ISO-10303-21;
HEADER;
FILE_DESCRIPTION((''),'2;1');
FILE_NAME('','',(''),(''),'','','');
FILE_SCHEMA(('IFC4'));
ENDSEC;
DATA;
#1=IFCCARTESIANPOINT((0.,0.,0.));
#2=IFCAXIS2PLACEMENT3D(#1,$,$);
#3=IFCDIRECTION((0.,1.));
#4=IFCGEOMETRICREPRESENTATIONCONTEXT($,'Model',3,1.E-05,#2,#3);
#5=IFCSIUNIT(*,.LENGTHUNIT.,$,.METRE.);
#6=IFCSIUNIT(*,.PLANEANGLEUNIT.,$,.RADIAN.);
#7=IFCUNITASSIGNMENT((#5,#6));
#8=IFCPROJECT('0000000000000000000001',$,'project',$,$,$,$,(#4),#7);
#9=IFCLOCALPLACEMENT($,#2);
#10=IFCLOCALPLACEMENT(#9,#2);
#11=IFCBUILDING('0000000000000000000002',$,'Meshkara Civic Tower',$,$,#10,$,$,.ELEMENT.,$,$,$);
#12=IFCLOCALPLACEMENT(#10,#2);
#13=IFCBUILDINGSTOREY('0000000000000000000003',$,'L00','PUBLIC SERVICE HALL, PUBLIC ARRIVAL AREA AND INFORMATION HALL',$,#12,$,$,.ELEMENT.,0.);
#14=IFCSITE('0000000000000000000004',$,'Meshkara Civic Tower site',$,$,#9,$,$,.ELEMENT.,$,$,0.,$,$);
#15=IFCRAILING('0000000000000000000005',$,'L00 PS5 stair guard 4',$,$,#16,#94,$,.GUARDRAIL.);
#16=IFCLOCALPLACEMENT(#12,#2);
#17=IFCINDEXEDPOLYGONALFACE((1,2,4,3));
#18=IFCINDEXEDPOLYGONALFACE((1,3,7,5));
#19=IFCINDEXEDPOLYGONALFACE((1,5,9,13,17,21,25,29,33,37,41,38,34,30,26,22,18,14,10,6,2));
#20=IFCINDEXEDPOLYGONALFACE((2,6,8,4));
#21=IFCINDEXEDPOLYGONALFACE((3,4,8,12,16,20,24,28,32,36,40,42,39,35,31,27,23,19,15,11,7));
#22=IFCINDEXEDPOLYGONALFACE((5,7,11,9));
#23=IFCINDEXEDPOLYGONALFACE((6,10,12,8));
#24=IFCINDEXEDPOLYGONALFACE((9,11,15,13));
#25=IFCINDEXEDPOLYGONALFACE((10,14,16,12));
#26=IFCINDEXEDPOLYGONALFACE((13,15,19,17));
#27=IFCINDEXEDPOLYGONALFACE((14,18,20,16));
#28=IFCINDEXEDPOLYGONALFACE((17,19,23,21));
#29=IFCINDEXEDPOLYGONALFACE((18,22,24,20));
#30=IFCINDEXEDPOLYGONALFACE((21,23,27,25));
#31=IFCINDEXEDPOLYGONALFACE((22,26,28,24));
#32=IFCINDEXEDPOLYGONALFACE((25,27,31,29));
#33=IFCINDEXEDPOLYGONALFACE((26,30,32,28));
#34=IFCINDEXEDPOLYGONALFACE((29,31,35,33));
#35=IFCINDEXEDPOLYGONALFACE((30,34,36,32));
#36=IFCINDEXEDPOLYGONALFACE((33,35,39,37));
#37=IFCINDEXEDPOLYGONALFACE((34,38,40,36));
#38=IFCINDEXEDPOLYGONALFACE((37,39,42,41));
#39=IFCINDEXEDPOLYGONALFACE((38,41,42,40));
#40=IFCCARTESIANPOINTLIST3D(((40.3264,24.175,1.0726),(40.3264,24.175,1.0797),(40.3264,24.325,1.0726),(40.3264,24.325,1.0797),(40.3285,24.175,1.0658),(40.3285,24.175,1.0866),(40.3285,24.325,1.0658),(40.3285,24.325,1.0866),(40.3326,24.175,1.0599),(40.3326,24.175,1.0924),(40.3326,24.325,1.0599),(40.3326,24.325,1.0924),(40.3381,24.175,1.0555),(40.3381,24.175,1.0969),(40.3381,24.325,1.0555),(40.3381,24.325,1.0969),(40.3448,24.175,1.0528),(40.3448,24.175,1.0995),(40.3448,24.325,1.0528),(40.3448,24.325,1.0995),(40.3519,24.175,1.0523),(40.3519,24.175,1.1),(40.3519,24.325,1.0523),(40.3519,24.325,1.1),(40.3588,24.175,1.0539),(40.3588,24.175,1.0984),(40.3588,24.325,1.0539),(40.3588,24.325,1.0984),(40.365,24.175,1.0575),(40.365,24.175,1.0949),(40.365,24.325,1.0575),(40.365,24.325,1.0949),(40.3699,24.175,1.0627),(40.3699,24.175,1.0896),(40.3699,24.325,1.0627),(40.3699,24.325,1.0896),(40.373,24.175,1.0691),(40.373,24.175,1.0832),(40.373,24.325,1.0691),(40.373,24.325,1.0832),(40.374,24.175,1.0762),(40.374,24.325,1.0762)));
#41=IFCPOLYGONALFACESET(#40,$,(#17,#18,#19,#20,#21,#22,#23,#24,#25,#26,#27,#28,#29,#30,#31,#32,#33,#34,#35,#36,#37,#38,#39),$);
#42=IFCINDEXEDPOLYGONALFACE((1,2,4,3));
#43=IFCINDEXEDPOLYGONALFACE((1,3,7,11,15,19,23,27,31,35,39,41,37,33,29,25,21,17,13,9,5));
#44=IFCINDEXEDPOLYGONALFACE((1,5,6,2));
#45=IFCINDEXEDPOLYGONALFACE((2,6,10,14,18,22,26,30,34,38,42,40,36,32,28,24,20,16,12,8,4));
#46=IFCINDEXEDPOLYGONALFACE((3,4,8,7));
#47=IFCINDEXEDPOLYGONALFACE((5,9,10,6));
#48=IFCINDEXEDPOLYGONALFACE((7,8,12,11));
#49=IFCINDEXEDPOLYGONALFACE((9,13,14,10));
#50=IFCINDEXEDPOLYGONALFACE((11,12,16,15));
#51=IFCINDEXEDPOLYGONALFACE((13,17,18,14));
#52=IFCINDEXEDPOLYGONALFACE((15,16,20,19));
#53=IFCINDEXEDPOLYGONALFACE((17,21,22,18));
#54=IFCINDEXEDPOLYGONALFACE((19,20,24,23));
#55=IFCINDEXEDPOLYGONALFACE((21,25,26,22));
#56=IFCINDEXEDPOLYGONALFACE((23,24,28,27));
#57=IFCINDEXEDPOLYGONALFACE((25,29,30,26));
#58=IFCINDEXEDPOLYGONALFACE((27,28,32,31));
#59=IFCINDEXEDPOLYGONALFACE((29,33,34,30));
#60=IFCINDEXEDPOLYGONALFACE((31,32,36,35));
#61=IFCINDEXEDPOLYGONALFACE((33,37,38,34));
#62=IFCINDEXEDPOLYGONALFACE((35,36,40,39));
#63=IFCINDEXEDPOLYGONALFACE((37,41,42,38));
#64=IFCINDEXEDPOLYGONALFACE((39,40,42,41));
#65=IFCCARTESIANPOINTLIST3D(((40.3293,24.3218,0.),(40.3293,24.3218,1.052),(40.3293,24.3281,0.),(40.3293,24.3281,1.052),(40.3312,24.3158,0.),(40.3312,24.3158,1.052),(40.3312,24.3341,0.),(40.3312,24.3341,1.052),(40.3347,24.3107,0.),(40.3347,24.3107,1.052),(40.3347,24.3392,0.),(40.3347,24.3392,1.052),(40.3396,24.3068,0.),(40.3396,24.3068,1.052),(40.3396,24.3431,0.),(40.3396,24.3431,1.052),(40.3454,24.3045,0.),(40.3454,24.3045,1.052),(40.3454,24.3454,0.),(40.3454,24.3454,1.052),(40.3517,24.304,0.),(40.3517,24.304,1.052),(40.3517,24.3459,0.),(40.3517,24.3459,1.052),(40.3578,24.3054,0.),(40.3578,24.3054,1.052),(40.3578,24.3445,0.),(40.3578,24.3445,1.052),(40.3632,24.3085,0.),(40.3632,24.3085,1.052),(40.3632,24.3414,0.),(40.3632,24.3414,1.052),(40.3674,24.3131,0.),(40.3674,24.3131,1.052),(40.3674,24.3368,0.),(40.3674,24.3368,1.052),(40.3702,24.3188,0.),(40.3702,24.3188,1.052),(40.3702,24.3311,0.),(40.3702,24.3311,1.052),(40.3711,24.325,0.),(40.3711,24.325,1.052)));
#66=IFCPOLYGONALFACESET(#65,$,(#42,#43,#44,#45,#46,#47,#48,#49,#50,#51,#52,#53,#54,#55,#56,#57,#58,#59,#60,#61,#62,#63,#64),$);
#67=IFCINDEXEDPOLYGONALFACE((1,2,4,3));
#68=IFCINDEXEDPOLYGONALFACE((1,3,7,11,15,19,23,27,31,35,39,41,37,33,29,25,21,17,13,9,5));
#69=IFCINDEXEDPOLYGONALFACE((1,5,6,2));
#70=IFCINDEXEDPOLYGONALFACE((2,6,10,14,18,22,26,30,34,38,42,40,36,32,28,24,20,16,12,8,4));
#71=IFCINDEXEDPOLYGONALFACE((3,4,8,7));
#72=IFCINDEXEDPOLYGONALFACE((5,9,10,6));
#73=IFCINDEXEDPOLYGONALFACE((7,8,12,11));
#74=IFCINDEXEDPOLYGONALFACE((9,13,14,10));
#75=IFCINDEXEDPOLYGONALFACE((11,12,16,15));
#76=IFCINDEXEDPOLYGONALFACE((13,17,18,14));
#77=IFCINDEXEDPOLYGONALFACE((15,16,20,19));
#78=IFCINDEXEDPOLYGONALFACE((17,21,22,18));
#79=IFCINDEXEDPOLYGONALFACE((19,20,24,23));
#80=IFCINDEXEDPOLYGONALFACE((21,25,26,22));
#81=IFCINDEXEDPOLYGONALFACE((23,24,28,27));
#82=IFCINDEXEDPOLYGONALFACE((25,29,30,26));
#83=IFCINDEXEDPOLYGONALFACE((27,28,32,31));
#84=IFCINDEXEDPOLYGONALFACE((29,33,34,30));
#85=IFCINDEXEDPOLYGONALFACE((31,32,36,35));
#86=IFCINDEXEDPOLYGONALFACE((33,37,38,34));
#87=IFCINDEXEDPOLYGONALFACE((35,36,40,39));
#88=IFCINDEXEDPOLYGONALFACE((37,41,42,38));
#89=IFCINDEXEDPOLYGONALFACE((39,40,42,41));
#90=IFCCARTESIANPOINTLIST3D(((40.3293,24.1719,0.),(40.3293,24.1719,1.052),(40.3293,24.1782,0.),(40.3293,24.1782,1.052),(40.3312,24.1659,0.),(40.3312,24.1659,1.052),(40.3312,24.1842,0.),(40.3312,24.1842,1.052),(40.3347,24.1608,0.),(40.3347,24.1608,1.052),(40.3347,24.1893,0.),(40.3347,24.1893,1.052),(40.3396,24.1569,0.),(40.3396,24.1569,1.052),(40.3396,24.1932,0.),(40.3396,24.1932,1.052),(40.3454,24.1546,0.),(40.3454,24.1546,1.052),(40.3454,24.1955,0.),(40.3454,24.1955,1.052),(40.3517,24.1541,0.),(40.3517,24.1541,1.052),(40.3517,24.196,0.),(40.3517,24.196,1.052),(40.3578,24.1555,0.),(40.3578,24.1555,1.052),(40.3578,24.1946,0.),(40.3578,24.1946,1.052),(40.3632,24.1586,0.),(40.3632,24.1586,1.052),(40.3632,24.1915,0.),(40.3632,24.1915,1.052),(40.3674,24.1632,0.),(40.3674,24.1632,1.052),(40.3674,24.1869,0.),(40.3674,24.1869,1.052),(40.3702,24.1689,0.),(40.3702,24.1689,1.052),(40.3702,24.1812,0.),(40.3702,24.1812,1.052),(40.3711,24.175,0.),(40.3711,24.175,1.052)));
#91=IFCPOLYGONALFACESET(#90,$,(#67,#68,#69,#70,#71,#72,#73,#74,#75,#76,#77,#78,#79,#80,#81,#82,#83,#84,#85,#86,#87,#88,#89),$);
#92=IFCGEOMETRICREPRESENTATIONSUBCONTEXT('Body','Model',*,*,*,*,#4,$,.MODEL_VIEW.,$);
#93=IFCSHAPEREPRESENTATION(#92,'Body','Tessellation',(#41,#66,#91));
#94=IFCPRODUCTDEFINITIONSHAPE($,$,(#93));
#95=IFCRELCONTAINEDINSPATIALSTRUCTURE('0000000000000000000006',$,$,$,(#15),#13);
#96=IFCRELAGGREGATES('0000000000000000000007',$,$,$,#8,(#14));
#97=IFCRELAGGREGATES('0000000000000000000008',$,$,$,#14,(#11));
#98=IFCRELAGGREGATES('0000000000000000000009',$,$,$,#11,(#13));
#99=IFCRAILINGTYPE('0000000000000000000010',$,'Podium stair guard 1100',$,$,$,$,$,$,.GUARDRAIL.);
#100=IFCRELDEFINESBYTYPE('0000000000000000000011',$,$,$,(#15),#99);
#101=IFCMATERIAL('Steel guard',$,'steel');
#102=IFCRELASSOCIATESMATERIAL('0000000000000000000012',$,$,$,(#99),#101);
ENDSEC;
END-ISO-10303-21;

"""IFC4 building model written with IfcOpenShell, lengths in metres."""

from ifc_helpers import new_model, si_unit, direction, frame, origin, origin_2d, place, context, subcontext, project, spatial, circle, extrude, material, type_object, element, save


model = new_model("IFC4")

# Units and contexts
model_context = context("Model", 3, precision=1e-05, world=origin(), true_north=direction((0.0, 1.0)))
body_context = subcontext(model_context, "Body", "Model", "MODEL_VIEW")
ifc_project = project(units=[si_unit("LENGTHUNIT", "METRE"), si_unit("PLANEANGLEUNIT", "RADIAN")], contexts=[model_context])

# Site, building, storey
site_placement = place(None, origin())
site = spatial("IfcSite", under=ifc_project, at=site_placement, Name="Meshkara Civic Tower site", CompositionType="ELEMENT", RefElevation=0.0)
building_placement = place(site_placement, origin())
building = spatial("IfcBuilding", under=site, at=building_placement, Name="Meshkara Civic Tower", CompositionType="ELEMENT")
storey_placement = place(building_placement, origin())
storey = spatial("IfcBuildingStorey", under=building, at=storey_placement, Name="L00", Description="PUBLIC SERVICE HALL, PUBLIC ARRIVAL AREA AND INFORMATION HALL", CompositionType="ELEMENT", Elevation=0.0)

# Railing
ifc_material_1 = material(Name="Steel guard", Category="steel")
railing_type_1 = type_object("IfcRailingType", Name="Podium stair guard 1100", PredefinedType="GUARDRAIL", material=ifc_material_1)
railing_1_placement = place(storey_placement, frame((40.3501, 24.325, 0.0)))
element("IfcRailing", 1, at=railing_1_placement, inside=storey, type_object=railing_type_1, Name="L00 PS5 stair guard 4", PredefinedType="GUARDRAIL", context=body_context, shape_type="SweptSolid", body=[
    extrude(circle(Radius=0.0239, at=origin_2d()), frame((0.0, 0.0, 1.0762), z_axis=(0.0, -1.0, 0.0), x_axis=(1.0, 0.0, 0.0)), (0.0, 0.0, 1.0), 0.1499),
    extrude(circle(Radius=0.021, at=origin_2d()), origin(), (0.0, 0.0, 1.0), 1.052),
    extrude(circle(Radius=0.021, at=origin_2d()), frame((0.0, -0.1499, 0.0)), (0.0, 0.0, 1.0), 1.052),
])

save(model, "model.ifc")
